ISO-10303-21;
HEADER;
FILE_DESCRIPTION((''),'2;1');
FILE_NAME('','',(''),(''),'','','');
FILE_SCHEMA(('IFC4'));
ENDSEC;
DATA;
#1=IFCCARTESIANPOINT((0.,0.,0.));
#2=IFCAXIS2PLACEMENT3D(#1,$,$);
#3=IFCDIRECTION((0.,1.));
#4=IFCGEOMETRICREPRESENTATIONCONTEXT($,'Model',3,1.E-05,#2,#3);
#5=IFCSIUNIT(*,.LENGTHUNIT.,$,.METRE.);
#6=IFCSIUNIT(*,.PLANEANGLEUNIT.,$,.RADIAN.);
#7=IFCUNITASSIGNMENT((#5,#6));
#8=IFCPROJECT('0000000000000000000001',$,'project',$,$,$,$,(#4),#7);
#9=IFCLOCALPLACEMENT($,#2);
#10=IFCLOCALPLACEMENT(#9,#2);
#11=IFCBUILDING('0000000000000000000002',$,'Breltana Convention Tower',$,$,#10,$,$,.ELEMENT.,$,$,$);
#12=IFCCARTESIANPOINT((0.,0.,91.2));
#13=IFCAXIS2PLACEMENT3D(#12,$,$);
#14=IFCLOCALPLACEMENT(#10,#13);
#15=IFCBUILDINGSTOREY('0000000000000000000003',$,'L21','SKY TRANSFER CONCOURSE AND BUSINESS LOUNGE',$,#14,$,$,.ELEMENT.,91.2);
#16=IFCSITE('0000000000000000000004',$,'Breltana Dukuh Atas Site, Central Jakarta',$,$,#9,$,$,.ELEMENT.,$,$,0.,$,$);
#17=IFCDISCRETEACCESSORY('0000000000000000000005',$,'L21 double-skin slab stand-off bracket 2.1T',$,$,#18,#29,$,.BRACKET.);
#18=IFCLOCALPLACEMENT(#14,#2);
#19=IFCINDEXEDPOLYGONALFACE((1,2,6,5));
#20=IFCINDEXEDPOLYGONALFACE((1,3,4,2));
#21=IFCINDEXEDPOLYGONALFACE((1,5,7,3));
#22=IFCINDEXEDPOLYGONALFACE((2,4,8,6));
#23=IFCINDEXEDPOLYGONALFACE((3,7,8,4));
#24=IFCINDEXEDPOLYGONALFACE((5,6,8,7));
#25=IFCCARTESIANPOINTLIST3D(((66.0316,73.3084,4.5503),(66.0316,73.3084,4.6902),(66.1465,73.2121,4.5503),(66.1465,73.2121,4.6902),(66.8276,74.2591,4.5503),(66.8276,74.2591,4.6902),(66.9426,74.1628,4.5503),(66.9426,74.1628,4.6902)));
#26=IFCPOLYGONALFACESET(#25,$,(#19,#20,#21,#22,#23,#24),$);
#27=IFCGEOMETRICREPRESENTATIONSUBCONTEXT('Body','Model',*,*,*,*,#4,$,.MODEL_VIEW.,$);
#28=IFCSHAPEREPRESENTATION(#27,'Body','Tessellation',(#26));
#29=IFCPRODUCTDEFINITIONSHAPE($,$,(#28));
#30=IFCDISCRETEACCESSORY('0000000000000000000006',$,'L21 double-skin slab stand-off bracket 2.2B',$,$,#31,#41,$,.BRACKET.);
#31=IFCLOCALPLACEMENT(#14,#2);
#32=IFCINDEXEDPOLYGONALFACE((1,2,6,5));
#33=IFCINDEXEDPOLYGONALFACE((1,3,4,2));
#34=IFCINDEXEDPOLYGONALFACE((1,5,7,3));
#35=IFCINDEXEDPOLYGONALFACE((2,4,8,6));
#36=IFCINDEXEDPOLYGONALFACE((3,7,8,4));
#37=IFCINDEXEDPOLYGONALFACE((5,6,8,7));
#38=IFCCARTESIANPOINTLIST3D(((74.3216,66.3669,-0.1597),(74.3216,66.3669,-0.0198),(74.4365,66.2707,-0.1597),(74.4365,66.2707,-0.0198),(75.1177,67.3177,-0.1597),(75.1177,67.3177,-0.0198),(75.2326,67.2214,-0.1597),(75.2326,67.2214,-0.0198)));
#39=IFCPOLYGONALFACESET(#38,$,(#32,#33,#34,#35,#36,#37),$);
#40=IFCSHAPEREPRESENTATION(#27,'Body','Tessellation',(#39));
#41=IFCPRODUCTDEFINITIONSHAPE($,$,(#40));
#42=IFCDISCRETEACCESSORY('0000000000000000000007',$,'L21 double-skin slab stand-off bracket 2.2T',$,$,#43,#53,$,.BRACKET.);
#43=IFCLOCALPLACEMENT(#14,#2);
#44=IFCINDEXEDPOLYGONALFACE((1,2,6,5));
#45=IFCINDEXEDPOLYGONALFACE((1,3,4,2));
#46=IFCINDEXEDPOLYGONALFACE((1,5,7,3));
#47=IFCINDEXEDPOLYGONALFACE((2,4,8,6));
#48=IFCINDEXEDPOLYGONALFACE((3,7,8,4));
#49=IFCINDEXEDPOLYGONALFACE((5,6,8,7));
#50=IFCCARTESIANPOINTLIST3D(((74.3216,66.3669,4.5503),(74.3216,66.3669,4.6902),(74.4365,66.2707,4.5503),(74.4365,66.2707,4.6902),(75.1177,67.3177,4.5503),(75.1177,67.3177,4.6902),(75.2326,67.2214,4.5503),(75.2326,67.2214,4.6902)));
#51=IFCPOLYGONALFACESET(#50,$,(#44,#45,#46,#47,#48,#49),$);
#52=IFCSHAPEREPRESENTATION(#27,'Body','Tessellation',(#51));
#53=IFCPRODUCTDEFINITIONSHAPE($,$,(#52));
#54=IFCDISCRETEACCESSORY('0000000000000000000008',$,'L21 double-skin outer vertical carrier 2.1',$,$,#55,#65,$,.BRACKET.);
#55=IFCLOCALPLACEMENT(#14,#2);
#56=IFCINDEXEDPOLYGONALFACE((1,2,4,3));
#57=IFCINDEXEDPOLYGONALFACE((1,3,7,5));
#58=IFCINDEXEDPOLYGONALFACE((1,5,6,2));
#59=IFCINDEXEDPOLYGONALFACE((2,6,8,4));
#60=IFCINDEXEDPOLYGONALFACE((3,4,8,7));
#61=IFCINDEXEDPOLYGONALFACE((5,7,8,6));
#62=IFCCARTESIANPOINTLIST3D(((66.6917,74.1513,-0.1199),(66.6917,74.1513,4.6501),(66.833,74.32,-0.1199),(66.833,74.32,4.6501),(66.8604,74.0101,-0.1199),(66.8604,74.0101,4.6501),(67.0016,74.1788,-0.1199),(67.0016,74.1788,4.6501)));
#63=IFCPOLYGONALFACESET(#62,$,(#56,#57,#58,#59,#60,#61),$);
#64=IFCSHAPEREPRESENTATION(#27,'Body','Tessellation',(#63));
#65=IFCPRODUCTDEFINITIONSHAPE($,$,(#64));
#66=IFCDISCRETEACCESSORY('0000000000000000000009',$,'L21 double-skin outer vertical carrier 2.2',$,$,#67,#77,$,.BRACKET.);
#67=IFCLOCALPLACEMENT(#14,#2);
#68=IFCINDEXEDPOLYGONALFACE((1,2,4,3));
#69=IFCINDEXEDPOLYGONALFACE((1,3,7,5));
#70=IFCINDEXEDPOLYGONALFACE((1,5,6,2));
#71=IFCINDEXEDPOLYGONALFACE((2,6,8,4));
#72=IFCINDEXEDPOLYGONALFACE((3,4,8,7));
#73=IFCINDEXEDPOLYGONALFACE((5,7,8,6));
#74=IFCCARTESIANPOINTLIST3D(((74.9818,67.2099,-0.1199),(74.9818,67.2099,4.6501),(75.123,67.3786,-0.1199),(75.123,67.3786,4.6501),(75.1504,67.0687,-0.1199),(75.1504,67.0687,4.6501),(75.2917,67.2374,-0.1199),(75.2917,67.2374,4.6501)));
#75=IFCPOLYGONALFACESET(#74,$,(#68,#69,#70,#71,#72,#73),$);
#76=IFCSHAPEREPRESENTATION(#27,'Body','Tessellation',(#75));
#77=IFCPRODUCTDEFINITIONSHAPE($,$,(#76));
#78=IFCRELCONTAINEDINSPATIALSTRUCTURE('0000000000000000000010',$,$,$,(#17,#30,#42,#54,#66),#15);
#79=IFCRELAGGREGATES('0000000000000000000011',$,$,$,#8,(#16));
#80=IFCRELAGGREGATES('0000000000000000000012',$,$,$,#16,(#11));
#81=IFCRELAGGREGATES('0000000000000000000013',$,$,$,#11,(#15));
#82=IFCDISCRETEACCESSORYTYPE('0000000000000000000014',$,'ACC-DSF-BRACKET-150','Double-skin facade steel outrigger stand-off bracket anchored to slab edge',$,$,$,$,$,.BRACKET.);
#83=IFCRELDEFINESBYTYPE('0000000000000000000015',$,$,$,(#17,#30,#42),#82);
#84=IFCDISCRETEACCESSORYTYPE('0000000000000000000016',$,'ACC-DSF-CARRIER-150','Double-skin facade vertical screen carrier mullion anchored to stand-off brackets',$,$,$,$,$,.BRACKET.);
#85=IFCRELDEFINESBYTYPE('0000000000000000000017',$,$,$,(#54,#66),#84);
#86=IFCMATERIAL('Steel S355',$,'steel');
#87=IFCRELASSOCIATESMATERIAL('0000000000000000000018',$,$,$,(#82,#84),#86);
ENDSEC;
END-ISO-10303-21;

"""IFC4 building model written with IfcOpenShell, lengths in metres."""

from ifc_helpers import new_model, si_unit, direction, frame, origin, origin_2d, place, context, subcontext, project, spatial, rectangle, extrude, source, transform, mapped, material, type_object, type_shapes, element, save


model = new_model("IFC4")

# Units and contexts
model_context = context("Model", 3, precision=1e-05, world=origin(), true_north=direction((0.0, 1.0)))
body_context = subcontext(model_context, "Body", "Model", "MODEL_VIEW")
ifc_project = project(units=[si_unit("LENGTHUNIT", "METRE"), si_unit("PLANEANGLEUNIT", "RADIAN")], contexts=[model_context])

# Site, building, storey
site_placement = place(None, origin())
site = spatial("IfcSite", under=ifc_project, at=site_placement, Name="Breltana Dukuh Atas Site, Central Jakarta", CompositionType="ELEMENT", RefElevation=0.0)
building_placement = place(site_placement, origin())
building = spatial("IfcBuilding", under=site, at=building_placement, Name="Breltana Convention Tower", CompositionType="ELEMENT")
storey_placement = place(building_placement, frame((0.0, 0.0, 91.2)))
storey = spatial("IfcBuildingStorey", under=building, at=storey_placement, Name="L21", Description="SKY TRANSFER CONCOURSE AND BUSINESS LOUNGE", CompositionType="ELEMENT", Elevation=91.2)

# Discrete accessories
ifc_material_1 = material(Name="Steel S355", Category="steel")
discrete_accessory_type_1 = type_object("IfcDiscreteAccessoryType", Name="ACC-DSF-BRACKET-150", Description="Double-skin facade steel outrigger stand-off bracket anchored to slab edge", PredefinedType="BRACKET", material=ifc_material_1)
shared_shape_1 = source(origin(), body_context, "Body", "SweptSolid", [
    extrude(rectangle(XDim=1.24, YDim=0.1499, at=origin_2d()), origin(), (0.0, 0.0, 1.0), 0.1399),
])
type_shapes(discrete_accessory_type_1, [shared_shape_1])
for number, where, z_axis, x_axis, name in (
    (1, (66.4871, 73.7356, 4.5503), (0.0, 0.0, 1.0), (0.641987, 0.766715, 0.0), "L21 double-skin slab stand-off bracket 2.1T"),
    (2, (74.7771, 66.7942, -0.1597), (0.0, 0.0, 1.0), (0.641987, 0.766715, 0.0), "L21 double-skin slab stand-off bracket 2.2B"),
    (3, (74.7771, 66.7942, 4.5503), (0.0, 0.0, 1.0), (0.641987, 0.766715, 0.0), "L21 double-skin slab stand-off bracket 2.2T"),
):
    element("IfcDiscreteAccessory", number, at=place(storey_placement, frame(where, z_axis=z_axis, x_axis=x_axis)), inside=storey, type_object=discrete_accessory_type_1, Name=name, PredefinedType="BRACKET", context=body_context, shape_type="MappedRepresentation", body=[
        mapped(shared_shape_1, transform((0.0, 0.0, 0.0), scale=1.0)),
    ])
discrete_accessory_type_2 = type_object("IfcDiscreteAccessoryType", Name="ACC-DSF-CARRIER-150", Description="Double-skin facade vertical screen carrier mullion anchored to stand-off brackets", PredefinedType="BRACKET", material=ifc_material_1)
shared_shape_2 = source(origin(), body_context, "Body", "SweptSolid", [
    extrude(rectangle(XDim=0.22, YDim=0.22, at=origin_2d()), origin(), (0.0, 0.0, 1.0), 4.77),
])
for number, where, z_axis, x_axis, name in (
    (4, (66.8467, 74.165, -0.1199), (0.0, 0.0, 1.0), (0.641987, 0.766715, 0.0), "L21 double-skin outer vertical carrier 2.1"),
    (5, (75.1367, 67.2236, -0.1199), (0.0, 0.0, 1.0), (0.641987, 0.766715, 0.0), "L21 double-skin outer vertical carrier 2.2"),
):
    element("IfcDiscreteAccessory", number, at=place(storey_placement, frame(where, z_axis=z_axis, x_axis=x_axis)), inside=storey, type_object=discrete_accessory_type_2, Name=name, PredefinedType="BRACKET", context=body_context, shape_type="MappedRepresentation", body=[
        mapped(shared_shape_2, transform((0.0, 0.0, 0.0), scale=1.0)),
    ])

save(model, "model.ifc")
